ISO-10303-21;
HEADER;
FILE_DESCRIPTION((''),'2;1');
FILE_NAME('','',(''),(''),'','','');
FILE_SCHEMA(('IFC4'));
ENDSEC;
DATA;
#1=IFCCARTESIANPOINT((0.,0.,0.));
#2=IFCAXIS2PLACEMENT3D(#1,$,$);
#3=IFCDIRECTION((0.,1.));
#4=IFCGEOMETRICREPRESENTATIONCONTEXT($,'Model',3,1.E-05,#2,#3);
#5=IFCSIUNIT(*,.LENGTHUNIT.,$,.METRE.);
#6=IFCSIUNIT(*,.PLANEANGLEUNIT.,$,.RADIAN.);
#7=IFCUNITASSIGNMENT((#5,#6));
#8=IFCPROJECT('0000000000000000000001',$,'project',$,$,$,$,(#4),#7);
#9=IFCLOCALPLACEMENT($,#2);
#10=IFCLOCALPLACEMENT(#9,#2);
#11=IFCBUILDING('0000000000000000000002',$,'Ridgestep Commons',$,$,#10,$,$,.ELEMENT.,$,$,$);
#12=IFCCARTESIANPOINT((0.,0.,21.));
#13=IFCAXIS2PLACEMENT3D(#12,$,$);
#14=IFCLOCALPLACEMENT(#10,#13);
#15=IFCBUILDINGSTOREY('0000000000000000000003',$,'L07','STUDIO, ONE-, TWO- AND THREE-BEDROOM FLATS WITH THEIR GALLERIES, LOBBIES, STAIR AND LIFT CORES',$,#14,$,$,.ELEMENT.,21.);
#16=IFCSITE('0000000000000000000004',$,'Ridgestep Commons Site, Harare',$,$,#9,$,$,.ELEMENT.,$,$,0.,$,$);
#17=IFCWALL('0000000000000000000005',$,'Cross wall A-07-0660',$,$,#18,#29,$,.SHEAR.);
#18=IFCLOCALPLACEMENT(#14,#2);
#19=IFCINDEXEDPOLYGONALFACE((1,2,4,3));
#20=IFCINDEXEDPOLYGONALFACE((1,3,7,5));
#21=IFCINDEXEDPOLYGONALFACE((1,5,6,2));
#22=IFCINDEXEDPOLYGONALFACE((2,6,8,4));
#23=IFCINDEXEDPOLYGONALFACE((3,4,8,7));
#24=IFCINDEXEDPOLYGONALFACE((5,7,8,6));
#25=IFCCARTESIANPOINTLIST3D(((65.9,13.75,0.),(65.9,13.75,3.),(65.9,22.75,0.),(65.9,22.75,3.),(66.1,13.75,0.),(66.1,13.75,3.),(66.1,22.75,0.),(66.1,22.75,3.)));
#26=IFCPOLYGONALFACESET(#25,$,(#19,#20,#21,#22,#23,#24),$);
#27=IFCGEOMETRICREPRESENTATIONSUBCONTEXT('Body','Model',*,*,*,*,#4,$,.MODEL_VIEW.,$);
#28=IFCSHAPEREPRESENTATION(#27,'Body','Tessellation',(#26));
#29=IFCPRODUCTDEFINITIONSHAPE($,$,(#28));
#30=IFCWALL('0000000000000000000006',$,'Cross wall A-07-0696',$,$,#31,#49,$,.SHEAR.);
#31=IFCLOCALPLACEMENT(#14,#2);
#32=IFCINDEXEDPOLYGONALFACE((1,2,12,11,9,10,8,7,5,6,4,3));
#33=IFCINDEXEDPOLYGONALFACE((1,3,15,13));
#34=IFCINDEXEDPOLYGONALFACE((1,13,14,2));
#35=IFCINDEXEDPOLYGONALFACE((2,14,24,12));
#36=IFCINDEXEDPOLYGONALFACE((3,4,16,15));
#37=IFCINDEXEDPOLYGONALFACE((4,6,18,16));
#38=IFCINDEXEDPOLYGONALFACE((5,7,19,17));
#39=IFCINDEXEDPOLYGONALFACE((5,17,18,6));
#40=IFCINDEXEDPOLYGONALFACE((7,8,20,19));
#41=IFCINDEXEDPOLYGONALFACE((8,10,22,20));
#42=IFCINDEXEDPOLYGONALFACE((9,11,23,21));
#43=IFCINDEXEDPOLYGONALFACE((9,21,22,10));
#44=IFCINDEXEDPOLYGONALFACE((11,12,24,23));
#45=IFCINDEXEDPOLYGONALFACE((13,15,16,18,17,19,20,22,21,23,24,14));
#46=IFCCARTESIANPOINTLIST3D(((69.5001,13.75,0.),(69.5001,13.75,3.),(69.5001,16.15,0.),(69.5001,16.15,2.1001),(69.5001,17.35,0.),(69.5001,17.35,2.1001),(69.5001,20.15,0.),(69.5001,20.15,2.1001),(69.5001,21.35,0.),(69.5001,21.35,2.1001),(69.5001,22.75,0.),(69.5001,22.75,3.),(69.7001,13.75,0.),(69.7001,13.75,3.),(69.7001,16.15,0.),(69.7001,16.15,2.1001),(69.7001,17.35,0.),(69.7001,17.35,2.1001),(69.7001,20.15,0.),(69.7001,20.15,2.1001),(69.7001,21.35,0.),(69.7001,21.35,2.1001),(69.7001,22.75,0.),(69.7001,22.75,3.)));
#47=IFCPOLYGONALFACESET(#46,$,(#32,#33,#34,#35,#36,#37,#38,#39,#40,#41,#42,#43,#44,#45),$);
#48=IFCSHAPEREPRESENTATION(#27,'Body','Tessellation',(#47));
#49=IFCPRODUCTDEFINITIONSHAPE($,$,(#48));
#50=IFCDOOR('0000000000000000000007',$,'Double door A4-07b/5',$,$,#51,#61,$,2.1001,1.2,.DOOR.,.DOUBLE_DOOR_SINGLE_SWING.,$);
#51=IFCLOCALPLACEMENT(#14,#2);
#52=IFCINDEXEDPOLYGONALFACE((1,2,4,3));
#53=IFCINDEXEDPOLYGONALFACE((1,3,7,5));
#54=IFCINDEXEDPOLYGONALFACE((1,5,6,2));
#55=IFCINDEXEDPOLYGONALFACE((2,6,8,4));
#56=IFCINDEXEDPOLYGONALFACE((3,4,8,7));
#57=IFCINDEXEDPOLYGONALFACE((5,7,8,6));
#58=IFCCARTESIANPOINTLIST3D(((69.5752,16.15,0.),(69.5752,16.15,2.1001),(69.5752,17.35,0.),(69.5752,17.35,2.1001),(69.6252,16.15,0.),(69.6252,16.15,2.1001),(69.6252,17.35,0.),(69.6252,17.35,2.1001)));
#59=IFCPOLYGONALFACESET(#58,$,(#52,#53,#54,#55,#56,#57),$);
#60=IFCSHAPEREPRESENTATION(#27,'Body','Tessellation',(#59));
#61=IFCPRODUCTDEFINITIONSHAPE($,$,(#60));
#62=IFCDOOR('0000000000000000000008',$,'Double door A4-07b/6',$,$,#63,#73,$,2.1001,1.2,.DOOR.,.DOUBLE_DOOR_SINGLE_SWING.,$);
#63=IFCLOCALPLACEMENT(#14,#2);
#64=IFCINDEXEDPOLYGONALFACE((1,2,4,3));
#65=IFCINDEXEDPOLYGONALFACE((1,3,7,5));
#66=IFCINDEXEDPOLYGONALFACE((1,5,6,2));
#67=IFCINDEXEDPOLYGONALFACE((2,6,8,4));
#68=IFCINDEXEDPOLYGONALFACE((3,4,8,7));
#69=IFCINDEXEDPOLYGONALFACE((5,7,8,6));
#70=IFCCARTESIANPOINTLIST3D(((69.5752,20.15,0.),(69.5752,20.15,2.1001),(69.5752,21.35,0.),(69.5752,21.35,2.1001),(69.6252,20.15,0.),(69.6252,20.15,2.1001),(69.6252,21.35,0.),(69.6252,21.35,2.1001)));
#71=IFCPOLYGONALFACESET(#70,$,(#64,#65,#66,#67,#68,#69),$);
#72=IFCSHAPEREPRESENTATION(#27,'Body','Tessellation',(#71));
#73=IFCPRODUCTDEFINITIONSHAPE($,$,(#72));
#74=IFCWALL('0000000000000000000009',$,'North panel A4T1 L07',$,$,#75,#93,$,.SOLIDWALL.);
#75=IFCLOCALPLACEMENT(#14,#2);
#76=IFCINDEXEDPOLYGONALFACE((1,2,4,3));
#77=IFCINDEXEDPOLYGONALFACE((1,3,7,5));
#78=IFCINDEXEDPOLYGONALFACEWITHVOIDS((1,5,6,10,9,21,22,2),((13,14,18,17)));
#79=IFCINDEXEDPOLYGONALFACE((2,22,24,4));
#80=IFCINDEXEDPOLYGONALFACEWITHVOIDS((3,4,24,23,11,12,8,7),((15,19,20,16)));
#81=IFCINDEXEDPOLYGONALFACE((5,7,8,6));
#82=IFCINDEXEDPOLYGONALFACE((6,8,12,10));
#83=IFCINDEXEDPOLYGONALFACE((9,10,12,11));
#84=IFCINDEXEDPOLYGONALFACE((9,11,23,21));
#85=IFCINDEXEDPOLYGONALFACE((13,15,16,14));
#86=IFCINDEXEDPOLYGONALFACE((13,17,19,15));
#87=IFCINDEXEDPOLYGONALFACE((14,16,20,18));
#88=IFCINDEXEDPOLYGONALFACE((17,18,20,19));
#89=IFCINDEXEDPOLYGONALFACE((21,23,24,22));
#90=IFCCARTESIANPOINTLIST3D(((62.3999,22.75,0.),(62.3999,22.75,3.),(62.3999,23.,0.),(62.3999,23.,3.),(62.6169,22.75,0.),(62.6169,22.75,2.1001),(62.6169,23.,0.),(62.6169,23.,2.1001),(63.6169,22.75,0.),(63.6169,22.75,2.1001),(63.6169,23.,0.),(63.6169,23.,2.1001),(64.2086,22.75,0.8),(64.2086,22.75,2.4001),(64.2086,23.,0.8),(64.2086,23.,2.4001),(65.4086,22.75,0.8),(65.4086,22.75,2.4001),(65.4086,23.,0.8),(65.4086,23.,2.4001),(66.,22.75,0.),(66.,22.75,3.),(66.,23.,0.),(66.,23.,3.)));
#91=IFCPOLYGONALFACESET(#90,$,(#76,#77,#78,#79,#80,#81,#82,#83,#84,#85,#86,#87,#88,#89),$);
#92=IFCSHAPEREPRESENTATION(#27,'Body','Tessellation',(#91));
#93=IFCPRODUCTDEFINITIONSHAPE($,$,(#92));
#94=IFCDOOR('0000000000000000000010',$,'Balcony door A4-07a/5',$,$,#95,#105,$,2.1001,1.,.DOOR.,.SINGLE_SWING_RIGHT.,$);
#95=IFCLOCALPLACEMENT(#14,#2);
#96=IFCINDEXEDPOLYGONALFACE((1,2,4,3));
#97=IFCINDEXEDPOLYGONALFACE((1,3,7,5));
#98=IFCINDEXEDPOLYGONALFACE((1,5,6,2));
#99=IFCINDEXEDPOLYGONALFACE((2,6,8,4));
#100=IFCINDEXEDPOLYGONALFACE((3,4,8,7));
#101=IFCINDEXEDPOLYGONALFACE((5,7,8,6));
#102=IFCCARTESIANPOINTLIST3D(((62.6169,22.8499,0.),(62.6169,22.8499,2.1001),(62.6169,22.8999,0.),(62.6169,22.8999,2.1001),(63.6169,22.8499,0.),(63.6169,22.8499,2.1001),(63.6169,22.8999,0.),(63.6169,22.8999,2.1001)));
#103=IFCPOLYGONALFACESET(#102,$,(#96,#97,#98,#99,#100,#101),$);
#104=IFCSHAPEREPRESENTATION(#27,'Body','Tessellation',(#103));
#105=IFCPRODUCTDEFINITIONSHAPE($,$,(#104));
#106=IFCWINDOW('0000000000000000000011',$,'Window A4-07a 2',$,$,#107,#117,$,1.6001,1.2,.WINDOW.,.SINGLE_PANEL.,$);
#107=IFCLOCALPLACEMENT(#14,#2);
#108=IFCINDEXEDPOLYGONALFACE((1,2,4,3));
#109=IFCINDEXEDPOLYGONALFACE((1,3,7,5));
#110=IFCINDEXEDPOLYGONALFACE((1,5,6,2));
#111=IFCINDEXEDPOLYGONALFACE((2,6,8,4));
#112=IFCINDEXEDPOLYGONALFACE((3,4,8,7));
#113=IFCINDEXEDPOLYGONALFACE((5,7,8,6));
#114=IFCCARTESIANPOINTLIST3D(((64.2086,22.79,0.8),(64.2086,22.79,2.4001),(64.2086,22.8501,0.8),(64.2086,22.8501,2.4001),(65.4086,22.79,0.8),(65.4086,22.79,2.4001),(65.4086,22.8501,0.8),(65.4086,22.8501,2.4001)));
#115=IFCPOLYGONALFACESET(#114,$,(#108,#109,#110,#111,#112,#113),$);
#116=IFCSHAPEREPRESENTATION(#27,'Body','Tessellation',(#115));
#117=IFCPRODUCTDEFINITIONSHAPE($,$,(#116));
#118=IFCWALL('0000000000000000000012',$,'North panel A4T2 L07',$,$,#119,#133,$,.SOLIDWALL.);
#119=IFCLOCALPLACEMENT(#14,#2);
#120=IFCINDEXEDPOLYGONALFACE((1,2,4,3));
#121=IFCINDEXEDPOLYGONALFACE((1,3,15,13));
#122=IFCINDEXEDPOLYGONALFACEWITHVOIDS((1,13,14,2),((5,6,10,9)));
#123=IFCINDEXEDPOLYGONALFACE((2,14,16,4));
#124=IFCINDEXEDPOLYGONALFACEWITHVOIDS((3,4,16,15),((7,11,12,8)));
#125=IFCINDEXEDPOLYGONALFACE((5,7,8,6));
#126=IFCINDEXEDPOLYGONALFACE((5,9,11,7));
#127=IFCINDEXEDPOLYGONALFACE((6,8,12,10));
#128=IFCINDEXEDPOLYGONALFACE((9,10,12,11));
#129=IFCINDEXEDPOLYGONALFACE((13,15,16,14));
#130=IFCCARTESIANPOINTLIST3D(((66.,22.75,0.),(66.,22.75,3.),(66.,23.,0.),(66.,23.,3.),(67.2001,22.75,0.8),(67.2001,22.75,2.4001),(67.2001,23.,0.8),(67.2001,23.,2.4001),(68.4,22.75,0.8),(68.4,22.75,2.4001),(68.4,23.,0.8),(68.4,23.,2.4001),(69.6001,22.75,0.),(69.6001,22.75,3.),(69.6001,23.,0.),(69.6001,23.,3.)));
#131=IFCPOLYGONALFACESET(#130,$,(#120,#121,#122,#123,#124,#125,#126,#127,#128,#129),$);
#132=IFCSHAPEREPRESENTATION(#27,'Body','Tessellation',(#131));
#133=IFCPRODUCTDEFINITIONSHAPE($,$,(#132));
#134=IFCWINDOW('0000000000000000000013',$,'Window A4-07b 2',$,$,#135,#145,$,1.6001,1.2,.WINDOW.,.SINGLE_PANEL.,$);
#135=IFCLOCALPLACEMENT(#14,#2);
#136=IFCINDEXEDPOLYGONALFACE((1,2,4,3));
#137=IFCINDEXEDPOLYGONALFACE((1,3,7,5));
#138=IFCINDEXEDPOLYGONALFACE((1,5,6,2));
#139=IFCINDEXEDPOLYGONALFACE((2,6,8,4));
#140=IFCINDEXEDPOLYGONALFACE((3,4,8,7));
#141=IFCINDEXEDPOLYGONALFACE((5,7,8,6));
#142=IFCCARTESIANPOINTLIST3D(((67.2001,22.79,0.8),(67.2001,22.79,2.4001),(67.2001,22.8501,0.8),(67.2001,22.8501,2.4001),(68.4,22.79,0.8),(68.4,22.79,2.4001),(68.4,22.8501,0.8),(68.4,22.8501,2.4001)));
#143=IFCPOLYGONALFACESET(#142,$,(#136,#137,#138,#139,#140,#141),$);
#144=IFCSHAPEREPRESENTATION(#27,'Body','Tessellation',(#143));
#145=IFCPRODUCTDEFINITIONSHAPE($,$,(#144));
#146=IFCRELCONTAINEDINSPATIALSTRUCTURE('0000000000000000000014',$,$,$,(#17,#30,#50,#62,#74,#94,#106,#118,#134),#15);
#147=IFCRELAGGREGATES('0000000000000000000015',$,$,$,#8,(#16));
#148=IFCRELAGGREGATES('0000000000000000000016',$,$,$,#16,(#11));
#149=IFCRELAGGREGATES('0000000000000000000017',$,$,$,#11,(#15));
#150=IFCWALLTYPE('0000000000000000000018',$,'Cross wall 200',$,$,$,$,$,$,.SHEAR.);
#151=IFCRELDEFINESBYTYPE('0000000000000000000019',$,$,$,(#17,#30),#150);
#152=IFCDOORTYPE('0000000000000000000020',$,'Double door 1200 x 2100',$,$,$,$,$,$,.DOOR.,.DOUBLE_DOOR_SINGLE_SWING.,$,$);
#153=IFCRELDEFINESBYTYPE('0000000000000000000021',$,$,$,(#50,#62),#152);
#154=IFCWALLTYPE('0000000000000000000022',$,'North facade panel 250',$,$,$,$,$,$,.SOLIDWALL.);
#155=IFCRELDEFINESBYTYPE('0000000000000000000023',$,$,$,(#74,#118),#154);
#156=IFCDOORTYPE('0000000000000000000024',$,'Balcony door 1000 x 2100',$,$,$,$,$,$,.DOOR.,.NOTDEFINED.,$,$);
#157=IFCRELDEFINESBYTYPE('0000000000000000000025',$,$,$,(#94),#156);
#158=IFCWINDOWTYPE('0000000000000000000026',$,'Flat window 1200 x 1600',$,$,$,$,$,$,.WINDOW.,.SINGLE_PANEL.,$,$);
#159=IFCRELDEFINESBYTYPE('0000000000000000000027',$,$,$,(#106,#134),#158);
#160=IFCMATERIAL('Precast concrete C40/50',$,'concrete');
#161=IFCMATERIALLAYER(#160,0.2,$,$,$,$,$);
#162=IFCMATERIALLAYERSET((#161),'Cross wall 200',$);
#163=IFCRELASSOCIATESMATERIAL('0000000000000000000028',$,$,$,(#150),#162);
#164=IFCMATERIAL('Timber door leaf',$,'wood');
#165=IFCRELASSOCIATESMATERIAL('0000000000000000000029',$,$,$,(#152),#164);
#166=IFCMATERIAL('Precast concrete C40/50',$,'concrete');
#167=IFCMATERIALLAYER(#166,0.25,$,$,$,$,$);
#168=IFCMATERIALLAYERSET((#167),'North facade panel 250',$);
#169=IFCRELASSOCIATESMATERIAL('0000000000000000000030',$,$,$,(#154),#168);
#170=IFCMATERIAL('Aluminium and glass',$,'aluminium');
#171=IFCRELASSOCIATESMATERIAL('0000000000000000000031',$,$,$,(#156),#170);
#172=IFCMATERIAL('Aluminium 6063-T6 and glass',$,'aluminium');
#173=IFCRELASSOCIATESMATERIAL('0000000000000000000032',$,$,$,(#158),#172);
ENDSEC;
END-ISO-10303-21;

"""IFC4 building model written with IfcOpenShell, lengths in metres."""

from ifc_helpers import new_model, si_unit, direction, frame, frame_2d, origin, place, context, subcontext, project, spatial, rectangle, extrude, material, layer, layer_set, type_object, element, fill, save


model = new_model("IFC4")

# Units and contexts
model_context = context("Model", 3, precision=1e-05, world=origin(), true_north=direction((0.0, 1.0)))
body_context = subcontext(model_context, "Body", "Model", "MODEL_VIEW")
ifc_project = project(units=[si_unit("LENGTHUNIT", "METRE"), si_unit("PLANEANGLEUNIT", "RADIAN")], contexts=[model_context])

# Site, building, storey
site_placement = place(None, origin())
site = spatial("IfcSite", under=ifc_project, at=site_placement, Name="Ridgestep Commons Site, Harare", CompositionType="ELEMENT", RefElevation=0.0)
building_placement = place(site_placement, origin())
building = spatial("IfcBuilding", under=site, at=building_placement, Name="Ridgestep Commons", CompositionType="ELEMENT")
storey_placement = place(building_placement, frame((0.0, 0.0, 21.0)))
storey = spatial("IfcBuildingStorey", under=building, at=storey_placement, Name="L07", Description="STUDIO, ONE-, TWO- AND THREE-BEDROOM FLATS WITH THEIR GALLERIES, LOBBIES, STAIR AND LIFT CORES", CompositionType="ELEMENT", Elevation=21.0)

# Wall
ifc_material_1 = material(Name="Precast concrete C40/50", Category="concrete")
ifc_layer_1 = layer(ifc_material_1, 0.2)
ifc_layer_set_1 = layer_set([ifc_layer_1], Name="Cross wall 200")
wall_type_1 = type_object("IfcWallType", Name="Cross wall 200", PredefinedType="SHEAR", material=ifc_layer_set_1)
wall_1_placement = place(storey_placement, frame((66.0, 13.75, 0.0), z_axis=(0.0, 0.0, 1.0), x_axis=(0.0, 1.0, 0.0)))
element("IfcWall", 1, at=wall_1_placement, inside=storey, type_object=wall_type_1, Name="Cross wall A-07-0660", PredefinedType="SHEAR", context=body_context, shape_type="SweptSolid", body=[
    extrude(rectangle(XDim=9.0, YDim=0.2, at=frame_2d((4.5, 0.0))), origin(), (0.0, 0.0, 1.0), 3.0),
])

# Wall, openings, doors
wall_2_placement = place(storey_placement, frame((69.6001, 13.75, 0.0), z_axis=(0.0, 0.0, 1.0), x_axis=(0.0, 1.0, 0.0)))
wall_2 = element("IfcWall", 2, at=wall_2_placement, inside=storey, type_object=wall_type_1, Name="Cross wall A-07-0696", PredefinedType="SHEAR", context=body_context, shape_type="SweptSolid", body=[
    extrude(rectangle(XDim=9.0, YDim=0.2, at=frame_2d((4.5, 0.0))), origin(), (0.0, 0.0, 1.0), 3.0),
])
opening_1_placement = place(wall_2_placement, frame((2.3999, 0.0, 0.0)))
opening_1 = element("IfcOpeningElement", 3, at=opening_1_placement, cuts=wall_2, PredefinedType="OPENING", context=body_context, shape_type="SweptSolid", body=[
    extrude(rectangle(XDim=1.2, YDim=2.1001, at=frame_2d((0.6001, 1.05))), frame((0.0, 0.1099, 0.0), z_axis=(0.0, -1.0, 0.0), x_axis=(1.0, 0.0, 0.0)), (0.0, 0.0, 1.0), 0.22),
])
opening_2_placement = place(wall_2_placement, frame((6.3999, 0.0, 0.0)))
opening_2 = element("IfcOpeningElement", 4, at=opening_2_placement, cuts=wall_2, PredefinedType="OPENING", context=body_context, shape_type="SweptSolid", body=[
    extrude(rectangle(XDim=1.2, YDim=2.1001, at=frame_2d((0.6001, 1.05))), frame((0.0, 0.1099, 0.0), z_axis=(0.0, -1.0, 0.0), x_axis=(1.0, 0.0, 0.0)), (0.0, 0.0, 1.0), 0.22),
])
ifc_material_2 = material(Name="Timber door leaf", Category="wood")
door_type_1 = type_object("IfcDoorType", Name="Double door 1200 x 2100", OperationType="DOUBLE_DOOR_SINGLE_SWING", PredefinedType="DOOR", material=ifc_material_2)
door_1_placement = place(opening_1_placement, origin())
door_1 = element("IfcDoor", 5, at=door_1_placement, inside=storey, type_object=door_type_1, Name="Double door A4-07b/5", OperationType="DOUBLE_DOOR_SINGLE_SWING", OverallHeight=2.1001, OverallWidth=1.2, PredefinedType="DOOR", context=body_context, shape_type="SweptSolid", body=[
    extrude(rectangle(XDim=1.2, YDim=2.1001, at=frame_2d((0.6001, 1.05))), frame((0.0, 0.0249, 0.0), z_axis=(0.0, -1.0, 0.0), x_axis=(1.0, 0.0, 0.0)), (0.0, 0.0, 1.0), 0.05),
])
fill(opening_1, door_1)
door_2_placement = place(opening_2_placement, origin())
door_2 = element("IfcDoor", 6, at=door_2_placement, inside=storey, type_object=door_type_1, Name="Double door A4-07b/6", OperationType="DOUBLE_DOOR_SINGLE_SWING", OverallHeight=2.1001, OverallWidth=1.2, PredefinedType="DOOR", context=body_context, shape_type="SweptSolid", body=[
    extrude(rectangle(XDim=1.2, YDim=2.1001, at=frame_2d((0.6001, 1.05))), frame((0.0, 0.0249, 0.0), z_axis=(0.0, -1.0, 0.0), x_axis=(1.0, 0.0, 0.0)), (0.0, 0.0, 1.0), 0.05),
])
fill(opening_2, door_2)

# Wall, openings, door, window
ifc_material_3 = material(Name="Precast concrete C40/50", Category="concrete")
ifc_layer_2 = layer(ifc_material_3, 0.25)
ifc_layer_set_2 = layer_set([ifc_layer_2], Name="North facade panel 250")
wall_type_2 = type_object("IfcWallType", Name="North facade panel 250", PredefinedType="SOLIDWALL", material=ifc_layer_set_2)
wall_3_placement = place(storey_placement, frame((62.3999, 22.875, 0.0), z_axis=(0.0, 0.0, 1.0), x_axis=(1.0, 0.0, 0.0)))
wall_3 = element("IfcWall", 7, at=wall_3_placement, inside=storey, type_object=wall_type_2, Name="North panel A4T1 L07", PredefinedType="SOLIDWALL", context=body_context, shape_type="SweptSolid", body=[
    extrude(rectangle(XDim=3.6001, YDim=0.25, at=frame_2d((1.8, 0.0))), origin(), (0.0, 0.0, 1.0), 3.0),
])
opening_3_placement = place(wall_3_placement, frame((1.8086, 0.0, 0.8)))
opening_3 = element("IfcOpeningElement", 8, at=opening_3_placement, cuts=wall_3, PredefinedType="OPENING", context=body_context, shape_type="SweptSolid", body=[
    extrude(rectangle(XDim=1.2, YDim=1.6001, at=frame_2d((0.6001, 0.8))), frame((0.0, 0.135, 0.0), z_axis=(0.0, -1.0, 0.0), x_axis=(1.0, 0.0, 0.0)), (0.0, 0.0, 1.0), 0.27),
])
opening_4_placement = place(wall_3_placement, frame((0.217, 0.0, 0.0)))
opening_4 = element("IfcOpeningElement", 9, at=opening_4_placement, cuts=wall_3, PredefinedType="OPENING", context=body_context, shape_type="SweptSolid", body=[
    extrude(rectangle(XDim=1.0, YDim=2.1001, at=frame_2d((0.5, 1.05))), frame((0.0, 0.135, 0.0), z_axis=(0.0, -1.0, 0.0), x_axis=(1.0, 0.0, 0.0)), (0.0, 0.0, 1.0), 0.27),
])
ifc_material_4 = material(Name="Aluminium and glass", Category="aluminium")
door_type_2 = type_object("IfcDoorType", Name="Balcony door 1000 x 2100", OperationType="NOTDEFINED", PredefinedType="DOOR", material=ifc_material_4)
door_3_placement = place(opening_4_placement, origin())
door_3 = element("IfcDoor", 10, at=door_3_placement, inside=storey, type_object=door_type_2, Name="Balcony door A4-07a/5", OperationType="SINGLE_SWING_RIGHT", OverallHeight=2.1001, OverallWidth=1.0, PredefinedType="DOOR", context=body_context, shape_type="SweptSolid", body=[
    extrude(rectangle(XDim=1.0, YDim=2.1001, at=frame_2d((0.5, 1.05))), frame((0.0, 0.0249, 0.0), z_axis=(0.0, -1.0, 0.0), x_axis=(1.0, 0.0, 0.0)), (0.0, 0.0, 1.0), 0.05),
])
fill(opening_4, door_3)
ifc_material_5 = material(Name="Aluminium 6063-T6 and glass", Category="aluminium")
window_type_1 = type_object("IfcWindowType", Name="Flat window 1200 x 1600", PartitioningType="SINGLE_PANEL", PredefinedType="WINDOW", material=ifc_material_5)
window_1_placement = place(opening_3_placement, origin())
window_1 = element("IfcWindow", 11, at=window_1_placement, inside=storey, type_object=window_type_1, Name="Window A4-07a 2", OverallHeight=1.6001, OverallWidth=1.2, PartitioningType="SINGLE_PANEL", PredefinedType="WINDOW", context=body_context, shape_type="SweptSolid", body=[
    extrude(rectangle(XDim=1.2, YDim=1.6001, at=frame_2d((0.6001, 0.8))), frame((0.0, -0.0249, 0.0), z_axis=(0.0, -1.0, 0.0), x_axis=(1.0, 0.0, 0.0)), (0.0, 0.0, 1.0), 0.0601),
])
fill(opening_3, window_1)

# Wall, opening, window
wall_4_placement = place(storey_placement, frame((66.0, 22.875, 0.0), z_axis=(0.0, 0.0, 1.0), x_axis=(1.0, 0.0, 0.0)))
wall_4 = element("IfcWall", 12, at=wall_4_placement, inside=storey, type_object=wall_type_2, Name="North panel A4T2 L07", PredefinedType="SOLIDWALL", context=body_context, shape_type="SweptSolid", body=[
    extrude(rectangle(XDim=3.6001, YDim=0.25, at=frame_2d((1.8, 0.0))), origin(), (0.0, 0.0, 1.0), 3.0),
])
opening_5_placement = place(wall_4_placement, frame((1.2, 0.0, 0.8)))
opening_5 = element("IfcOpeningElement", 13, at=opening_5_placement, cuts=wall_4, PredefinedType="OPENING", context=body_context, shape_type="SweptSolid", body=[
    extrude(rectangle(XDim=1.2, YDim=1.6001, at=frame_2d((0.6001, 0.8))), frame((0.0, 0.135, 0.0), z_axis=(0.0, -1.0, 0.0), x_axis=(1.0, 0.0, 0.0)), (0.0, 0.0, 1.0), 0.27),
])
window_2_placement = place(opening_5_placement, origin())
window_2 = element("IfcWindow", 14, at=window_2_placement, inside=storey, type_object=window_type_1, Name="Window A4-07b 2", OverallHeight=1.6001, OverallWidth=1.2, PartitioningType="SINGLE_PANEL", PredefinedType="WINDOW", context=body_context, shape_type="SweptSolid", body=[
    extrude(rectangle(XDim=1.2, YDim=1.6001, at=frame_2d((0.6001, 0.8))), frame((0.0, -0.0249, 0.0), z_axis=(0.0, -1.0, 0.0), x_axis=(1.0, 0.0, 0.0)), (0.0, 0.0, 1.0), 0.0601),
])
fill(opening_5, window_2)

save(model, "model.ifc")
